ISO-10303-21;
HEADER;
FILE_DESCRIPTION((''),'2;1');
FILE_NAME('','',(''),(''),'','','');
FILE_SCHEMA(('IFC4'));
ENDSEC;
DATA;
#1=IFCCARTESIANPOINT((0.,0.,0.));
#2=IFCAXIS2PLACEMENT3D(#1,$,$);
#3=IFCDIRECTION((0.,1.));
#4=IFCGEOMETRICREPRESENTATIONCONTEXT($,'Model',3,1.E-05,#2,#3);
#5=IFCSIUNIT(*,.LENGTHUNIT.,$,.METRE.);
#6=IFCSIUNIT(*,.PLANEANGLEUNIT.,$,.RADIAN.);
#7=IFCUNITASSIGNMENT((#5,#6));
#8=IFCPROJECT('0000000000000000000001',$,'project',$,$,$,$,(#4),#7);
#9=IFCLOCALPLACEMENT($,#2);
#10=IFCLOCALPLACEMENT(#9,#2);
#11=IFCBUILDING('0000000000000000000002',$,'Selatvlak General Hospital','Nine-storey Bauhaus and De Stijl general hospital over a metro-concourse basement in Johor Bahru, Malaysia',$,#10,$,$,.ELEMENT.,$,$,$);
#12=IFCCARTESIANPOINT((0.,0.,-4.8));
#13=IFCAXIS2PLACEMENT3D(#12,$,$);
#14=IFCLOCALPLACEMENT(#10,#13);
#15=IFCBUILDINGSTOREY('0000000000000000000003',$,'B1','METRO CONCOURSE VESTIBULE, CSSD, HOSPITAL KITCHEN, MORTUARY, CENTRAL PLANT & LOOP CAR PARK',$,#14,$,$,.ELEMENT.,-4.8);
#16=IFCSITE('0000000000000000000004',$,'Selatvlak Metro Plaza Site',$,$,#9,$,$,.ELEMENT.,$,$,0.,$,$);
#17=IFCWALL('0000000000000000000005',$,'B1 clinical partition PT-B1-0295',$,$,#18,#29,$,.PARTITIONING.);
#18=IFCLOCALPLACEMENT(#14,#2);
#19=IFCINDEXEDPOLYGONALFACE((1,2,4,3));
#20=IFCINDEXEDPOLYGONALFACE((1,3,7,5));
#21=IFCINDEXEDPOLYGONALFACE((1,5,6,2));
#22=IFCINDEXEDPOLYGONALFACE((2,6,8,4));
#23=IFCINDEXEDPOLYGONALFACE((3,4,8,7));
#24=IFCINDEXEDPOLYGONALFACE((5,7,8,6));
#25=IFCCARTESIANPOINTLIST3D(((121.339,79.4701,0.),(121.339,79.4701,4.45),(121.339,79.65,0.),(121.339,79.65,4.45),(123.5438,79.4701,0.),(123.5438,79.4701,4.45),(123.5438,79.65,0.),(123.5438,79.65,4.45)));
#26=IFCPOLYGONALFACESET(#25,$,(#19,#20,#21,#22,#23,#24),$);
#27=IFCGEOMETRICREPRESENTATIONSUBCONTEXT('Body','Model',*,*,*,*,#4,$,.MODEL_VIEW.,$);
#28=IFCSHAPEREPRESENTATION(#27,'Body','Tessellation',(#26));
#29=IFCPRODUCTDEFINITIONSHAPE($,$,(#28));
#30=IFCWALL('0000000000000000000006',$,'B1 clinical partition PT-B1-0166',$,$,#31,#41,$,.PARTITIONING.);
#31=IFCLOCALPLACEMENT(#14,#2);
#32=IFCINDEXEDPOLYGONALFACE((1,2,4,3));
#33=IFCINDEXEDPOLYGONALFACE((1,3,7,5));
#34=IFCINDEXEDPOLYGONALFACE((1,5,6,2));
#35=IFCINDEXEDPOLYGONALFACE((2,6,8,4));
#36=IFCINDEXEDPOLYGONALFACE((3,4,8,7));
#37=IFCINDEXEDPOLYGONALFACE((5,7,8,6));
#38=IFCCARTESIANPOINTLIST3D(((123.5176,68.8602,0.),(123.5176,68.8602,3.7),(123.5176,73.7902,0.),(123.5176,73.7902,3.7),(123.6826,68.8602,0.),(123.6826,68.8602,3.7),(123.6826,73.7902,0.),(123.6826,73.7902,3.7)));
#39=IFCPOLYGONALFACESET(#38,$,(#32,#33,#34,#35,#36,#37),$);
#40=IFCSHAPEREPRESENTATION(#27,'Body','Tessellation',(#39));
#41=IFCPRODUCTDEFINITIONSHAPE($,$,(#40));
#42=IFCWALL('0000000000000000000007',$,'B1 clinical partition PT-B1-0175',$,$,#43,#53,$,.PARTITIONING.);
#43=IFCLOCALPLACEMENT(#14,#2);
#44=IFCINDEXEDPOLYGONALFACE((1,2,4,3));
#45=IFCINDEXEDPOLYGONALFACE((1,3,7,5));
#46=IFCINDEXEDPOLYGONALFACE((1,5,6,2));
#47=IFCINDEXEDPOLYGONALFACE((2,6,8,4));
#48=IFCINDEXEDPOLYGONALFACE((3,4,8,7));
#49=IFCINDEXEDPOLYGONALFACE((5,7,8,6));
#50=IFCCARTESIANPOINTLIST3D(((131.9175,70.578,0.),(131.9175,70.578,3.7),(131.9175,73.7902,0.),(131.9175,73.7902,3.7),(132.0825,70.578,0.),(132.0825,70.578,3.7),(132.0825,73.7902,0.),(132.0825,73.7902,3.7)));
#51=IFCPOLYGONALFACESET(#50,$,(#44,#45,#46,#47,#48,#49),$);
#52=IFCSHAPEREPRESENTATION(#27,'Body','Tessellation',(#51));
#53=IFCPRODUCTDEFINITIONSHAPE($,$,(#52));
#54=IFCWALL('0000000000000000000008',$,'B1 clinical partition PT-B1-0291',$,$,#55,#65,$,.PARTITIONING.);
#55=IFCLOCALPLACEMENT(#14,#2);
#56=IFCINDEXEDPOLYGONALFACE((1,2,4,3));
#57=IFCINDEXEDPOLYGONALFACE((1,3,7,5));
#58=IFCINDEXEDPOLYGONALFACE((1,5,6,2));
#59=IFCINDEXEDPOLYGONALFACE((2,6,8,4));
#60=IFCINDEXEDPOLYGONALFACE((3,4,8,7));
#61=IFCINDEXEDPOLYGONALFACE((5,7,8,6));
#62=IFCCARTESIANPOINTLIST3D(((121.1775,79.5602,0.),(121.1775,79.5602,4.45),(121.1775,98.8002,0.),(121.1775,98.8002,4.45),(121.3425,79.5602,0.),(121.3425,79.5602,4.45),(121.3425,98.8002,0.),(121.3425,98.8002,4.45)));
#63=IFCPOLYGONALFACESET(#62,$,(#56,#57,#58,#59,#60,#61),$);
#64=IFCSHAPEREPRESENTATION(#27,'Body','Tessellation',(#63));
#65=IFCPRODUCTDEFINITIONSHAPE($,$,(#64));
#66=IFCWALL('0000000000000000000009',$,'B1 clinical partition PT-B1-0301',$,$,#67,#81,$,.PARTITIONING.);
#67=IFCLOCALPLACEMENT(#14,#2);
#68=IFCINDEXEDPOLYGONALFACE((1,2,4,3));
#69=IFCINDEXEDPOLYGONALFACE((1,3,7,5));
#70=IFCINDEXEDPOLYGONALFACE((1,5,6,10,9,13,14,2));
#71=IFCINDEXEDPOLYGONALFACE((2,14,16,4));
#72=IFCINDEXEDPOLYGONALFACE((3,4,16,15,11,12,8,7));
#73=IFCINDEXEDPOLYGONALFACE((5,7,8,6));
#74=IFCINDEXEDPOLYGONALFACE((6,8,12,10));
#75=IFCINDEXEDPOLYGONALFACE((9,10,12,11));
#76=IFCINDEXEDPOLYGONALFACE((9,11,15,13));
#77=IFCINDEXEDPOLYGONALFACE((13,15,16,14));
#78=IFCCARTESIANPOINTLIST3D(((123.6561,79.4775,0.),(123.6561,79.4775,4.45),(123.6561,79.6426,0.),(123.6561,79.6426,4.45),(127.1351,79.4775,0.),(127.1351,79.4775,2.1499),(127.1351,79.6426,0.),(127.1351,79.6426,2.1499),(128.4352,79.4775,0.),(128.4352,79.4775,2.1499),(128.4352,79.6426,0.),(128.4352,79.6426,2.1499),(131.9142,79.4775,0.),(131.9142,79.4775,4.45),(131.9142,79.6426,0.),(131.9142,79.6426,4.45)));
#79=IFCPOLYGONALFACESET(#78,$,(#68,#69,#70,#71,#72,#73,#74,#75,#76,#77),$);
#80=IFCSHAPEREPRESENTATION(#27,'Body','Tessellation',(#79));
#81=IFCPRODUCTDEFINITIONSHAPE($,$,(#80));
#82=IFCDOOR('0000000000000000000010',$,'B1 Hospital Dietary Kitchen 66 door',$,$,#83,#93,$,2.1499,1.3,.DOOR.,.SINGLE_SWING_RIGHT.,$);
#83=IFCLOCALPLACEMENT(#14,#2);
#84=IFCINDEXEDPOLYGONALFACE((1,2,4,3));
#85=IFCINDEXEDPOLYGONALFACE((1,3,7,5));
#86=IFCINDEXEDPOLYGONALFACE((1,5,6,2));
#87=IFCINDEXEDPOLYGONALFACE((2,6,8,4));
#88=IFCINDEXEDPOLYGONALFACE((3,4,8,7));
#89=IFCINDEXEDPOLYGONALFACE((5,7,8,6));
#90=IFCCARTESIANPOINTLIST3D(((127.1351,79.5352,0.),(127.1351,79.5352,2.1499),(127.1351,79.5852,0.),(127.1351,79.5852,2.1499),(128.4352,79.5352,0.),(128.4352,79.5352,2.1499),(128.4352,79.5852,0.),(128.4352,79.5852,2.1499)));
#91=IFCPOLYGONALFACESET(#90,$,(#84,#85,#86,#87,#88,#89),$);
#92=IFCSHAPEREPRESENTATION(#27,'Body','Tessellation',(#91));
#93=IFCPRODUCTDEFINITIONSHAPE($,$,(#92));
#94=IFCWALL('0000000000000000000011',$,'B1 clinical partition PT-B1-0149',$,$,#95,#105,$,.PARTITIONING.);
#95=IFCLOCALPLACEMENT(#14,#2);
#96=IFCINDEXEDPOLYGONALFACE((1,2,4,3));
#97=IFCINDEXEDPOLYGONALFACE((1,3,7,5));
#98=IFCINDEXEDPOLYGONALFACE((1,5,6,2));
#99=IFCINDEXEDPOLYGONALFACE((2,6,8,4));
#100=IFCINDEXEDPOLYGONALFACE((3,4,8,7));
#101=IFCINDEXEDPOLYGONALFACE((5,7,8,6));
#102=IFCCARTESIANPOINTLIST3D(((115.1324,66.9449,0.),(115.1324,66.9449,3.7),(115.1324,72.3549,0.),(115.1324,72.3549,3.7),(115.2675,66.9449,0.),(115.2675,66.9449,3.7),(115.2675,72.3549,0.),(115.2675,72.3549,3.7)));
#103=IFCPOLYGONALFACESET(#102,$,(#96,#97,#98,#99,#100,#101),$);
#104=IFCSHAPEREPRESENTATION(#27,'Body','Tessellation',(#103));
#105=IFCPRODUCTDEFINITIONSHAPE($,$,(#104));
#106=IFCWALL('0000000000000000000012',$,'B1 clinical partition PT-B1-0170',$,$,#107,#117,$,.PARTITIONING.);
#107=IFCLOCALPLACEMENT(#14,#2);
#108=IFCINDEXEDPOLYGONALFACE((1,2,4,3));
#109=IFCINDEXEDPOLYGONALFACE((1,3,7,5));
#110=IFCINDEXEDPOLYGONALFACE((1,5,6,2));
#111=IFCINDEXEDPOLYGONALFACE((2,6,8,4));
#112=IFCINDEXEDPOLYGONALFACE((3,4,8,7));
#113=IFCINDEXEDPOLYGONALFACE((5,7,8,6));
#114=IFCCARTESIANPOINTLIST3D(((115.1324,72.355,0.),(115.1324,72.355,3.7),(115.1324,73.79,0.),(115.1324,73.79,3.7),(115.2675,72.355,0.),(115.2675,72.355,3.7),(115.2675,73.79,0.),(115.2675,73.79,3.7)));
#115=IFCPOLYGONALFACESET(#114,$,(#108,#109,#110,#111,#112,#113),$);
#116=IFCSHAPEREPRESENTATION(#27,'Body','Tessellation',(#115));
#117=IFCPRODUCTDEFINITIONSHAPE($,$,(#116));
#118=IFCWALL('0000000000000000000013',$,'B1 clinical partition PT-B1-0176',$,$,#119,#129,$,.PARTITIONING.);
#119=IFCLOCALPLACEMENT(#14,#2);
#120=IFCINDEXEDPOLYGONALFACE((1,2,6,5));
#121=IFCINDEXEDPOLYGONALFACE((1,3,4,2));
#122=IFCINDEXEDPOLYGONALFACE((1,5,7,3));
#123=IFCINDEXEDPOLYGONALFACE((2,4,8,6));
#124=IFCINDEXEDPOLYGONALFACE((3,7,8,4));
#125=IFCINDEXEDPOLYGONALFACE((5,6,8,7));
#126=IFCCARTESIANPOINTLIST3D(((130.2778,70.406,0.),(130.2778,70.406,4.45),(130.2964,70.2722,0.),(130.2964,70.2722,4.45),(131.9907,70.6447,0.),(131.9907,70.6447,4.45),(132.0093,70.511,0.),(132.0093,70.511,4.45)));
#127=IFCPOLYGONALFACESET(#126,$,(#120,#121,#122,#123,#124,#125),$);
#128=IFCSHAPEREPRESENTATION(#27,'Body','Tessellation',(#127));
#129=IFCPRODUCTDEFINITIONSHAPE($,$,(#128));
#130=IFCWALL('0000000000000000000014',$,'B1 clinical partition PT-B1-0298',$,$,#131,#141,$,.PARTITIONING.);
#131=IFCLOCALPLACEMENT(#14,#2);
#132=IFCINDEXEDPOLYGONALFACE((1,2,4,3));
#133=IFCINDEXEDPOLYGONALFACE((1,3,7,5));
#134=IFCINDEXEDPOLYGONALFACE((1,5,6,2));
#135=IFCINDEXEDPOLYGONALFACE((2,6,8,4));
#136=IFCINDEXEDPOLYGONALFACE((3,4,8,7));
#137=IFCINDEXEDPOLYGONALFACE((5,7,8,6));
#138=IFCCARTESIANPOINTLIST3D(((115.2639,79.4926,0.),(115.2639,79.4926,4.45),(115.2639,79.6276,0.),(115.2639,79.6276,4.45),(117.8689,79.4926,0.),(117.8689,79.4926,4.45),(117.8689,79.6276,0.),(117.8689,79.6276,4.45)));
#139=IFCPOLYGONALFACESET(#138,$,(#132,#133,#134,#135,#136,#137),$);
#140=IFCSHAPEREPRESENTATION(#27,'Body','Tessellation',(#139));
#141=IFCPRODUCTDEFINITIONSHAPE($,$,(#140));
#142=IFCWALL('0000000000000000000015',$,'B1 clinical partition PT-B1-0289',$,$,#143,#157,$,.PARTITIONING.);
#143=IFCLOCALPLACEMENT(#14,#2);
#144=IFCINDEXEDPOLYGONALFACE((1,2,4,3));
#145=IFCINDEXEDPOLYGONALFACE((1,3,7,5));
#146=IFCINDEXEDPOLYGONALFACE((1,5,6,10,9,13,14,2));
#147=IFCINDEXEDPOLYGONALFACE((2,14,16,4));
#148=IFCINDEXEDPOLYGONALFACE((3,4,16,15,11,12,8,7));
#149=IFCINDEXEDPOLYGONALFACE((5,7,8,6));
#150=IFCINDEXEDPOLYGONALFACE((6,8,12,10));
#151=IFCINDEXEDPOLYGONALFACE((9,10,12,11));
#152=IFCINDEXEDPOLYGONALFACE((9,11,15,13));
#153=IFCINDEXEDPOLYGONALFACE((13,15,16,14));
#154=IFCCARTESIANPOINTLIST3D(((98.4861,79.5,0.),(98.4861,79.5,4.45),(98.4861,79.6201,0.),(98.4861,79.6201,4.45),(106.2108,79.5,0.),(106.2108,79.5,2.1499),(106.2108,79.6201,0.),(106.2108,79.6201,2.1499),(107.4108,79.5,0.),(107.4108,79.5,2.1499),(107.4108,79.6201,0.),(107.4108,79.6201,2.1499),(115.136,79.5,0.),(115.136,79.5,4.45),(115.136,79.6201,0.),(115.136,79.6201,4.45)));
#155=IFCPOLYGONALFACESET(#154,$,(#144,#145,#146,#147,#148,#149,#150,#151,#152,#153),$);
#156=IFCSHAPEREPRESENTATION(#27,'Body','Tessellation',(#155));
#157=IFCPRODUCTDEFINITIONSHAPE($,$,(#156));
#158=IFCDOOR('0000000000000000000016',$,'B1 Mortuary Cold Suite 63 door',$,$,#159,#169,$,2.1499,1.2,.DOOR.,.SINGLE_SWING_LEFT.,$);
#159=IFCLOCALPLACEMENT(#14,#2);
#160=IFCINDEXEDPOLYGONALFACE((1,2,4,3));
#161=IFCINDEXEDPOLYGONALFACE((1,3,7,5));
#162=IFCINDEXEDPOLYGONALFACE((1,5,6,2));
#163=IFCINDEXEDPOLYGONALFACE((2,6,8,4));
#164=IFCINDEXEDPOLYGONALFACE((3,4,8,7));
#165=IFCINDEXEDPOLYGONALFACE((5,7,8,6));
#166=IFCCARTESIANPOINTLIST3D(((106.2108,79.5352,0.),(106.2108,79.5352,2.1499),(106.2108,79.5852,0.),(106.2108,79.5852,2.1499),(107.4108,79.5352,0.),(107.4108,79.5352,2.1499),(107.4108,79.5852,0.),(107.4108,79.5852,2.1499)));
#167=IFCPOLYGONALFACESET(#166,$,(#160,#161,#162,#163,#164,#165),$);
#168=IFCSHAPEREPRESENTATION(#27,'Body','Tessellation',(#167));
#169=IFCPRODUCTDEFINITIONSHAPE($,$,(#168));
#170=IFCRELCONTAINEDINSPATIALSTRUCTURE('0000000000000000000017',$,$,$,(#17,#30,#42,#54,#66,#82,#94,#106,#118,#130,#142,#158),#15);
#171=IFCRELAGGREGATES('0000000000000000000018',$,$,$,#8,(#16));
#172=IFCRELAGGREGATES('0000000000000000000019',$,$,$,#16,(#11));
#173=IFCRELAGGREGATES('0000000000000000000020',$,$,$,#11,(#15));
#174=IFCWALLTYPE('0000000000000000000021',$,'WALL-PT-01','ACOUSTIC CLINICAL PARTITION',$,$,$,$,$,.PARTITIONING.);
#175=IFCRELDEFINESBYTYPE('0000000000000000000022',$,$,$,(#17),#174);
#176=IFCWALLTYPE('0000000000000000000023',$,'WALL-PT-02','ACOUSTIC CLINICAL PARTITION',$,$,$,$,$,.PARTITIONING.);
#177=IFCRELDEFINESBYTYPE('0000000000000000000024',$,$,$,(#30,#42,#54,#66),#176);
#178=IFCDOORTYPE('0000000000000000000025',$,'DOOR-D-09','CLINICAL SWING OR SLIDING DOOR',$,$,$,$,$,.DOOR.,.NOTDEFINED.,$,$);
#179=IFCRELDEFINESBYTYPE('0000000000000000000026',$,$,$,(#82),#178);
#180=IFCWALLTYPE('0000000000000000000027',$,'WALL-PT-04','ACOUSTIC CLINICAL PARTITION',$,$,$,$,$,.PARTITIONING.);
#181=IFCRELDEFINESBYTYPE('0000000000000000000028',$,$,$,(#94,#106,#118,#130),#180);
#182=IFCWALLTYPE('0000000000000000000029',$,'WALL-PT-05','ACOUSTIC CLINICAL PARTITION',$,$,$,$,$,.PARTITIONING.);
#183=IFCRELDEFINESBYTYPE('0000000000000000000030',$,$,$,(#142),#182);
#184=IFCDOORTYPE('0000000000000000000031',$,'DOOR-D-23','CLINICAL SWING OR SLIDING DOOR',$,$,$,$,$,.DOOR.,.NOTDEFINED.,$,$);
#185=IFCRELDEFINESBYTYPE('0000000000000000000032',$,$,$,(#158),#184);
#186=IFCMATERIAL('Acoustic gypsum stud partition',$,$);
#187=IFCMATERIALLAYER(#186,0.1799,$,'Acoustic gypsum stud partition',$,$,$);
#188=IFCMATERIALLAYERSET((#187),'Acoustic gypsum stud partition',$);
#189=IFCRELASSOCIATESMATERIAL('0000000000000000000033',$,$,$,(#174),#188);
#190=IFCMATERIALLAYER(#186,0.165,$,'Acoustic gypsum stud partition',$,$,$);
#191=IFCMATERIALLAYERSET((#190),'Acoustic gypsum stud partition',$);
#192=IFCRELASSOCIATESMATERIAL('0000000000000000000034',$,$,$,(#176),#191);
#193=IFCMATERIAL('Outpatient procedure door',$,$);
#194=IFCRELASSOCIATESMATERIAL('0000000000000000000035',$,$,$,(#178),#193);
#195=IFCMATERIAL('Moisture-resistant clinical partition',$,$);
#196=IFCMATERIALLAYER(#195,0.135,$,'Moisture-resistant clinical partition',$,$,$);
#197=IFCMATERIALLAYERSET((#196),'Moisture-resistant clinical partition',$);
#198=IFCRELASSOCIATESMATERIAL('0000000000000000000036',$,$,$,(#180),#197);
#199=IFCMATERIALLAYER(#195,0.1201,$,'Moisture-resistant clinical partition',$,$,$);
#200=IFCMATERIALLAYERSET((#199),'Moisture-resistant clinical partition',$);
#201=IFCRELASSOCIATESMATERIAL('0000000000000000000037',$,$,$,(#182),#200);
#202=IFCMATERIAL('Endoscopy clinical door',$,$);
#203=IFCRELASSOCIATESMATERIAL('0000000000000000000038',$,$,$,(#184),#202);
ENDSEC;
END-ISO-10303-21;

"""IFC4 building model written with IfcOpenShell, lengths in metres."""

from ifc_helpers import new_model, si_unit, direction, frame, frame_2d, origin, place, context, subcontext, project, spatial, rectangle, extrude, material, layer, layer_set, type_object, element, fill, save


model = new_model("IFC4")

# Units and contexts
model_context = context("Model", 3, precision=1e-05, world=origin(), true_north=direction((0.0, 1.0)))
body_context = subcontext(model_context, "Body", "Model", "MODEL_VIEW")
ifc_project = project(units=[si_unit("LENGTHUNIT", "METRE"), si_unit("PLANEANGLEUNIT", "RADIAN")], contexts=[model_context])

# Site, building, storey
site_placement = place(None, origin())
site = spatial("IfcSite", under=ifc_project, at=site_placement, Name="Selatvlak Metro Plaza Site", CompositionType="ELEMENT", RefElevation=0.0)
building_placement = place(site_placement, origin())
building = spatial("IfcBuilding", under=site, at=building_placement, Name="Selatvlak General Hospital", Description="Nine-storey Bauhaus and De Stijl general hospital over a metro-concourse basement in Johor Bahru, Malaysia", CompositionType="ELEMENT")
storey_placement = place(building_placement, frame((0.0, 0.0, -4.8)))
storey = spatial("IfcBuildingStorey", under=building, at=storey_placement, Name="B1", Description="METRO CONCOURSE VESTIBULE, CSSD, HOSPITAL KITCHEN, MORTUARY, CENTRAL PLANT & LOOP CAR PARK", CompositionType="ELEMENT", Elevation=-4.8)

# Walls
ifc_material_1 = material(Name="Acoustic gypsum stud partition")
ifc_layer_1 = layer(ifc_material_1, 0.1799, Name="Acoustic gypsum stud partition")
ifc_layer_set_1 = layer_set([ifc_layer_1], Name="Acoustic gypsum stud partition")
wall_type_1 = type_object("IfcWallType", Name="WALL-PT-01", Description="ACOUSTIC CLINICAL PARTITION", PredefinedType="PARTITIONING", material=ifc_layer_set_1)
wall_1_placement = place(storey_placement, frame((123.5439, 79.5601, 0.0), z_axis=(0.0, 0.0, 1.0), x_axis=(-1.0, 0.0, 0.0)))
element("IfcWall", 1, at=wall_1_placement, inside=storey, type_object=wall_type_1, Name="B1 clinical partition PT-B1-0295", PredefinedType="PARTITIONING", context=body_context, shape_type="SweptSolid", body=[
    extrude(rectangle(XDim=2.2048, YDim=0.1799, at=frame_2d((1.1025, 0.0))), origin(), (0.0, 0.0, 1.0), 4.45),
])
ifc_layer_2 = layer(ifc_material_1, 0.165, Name="Acoustic gypsum stud partition")
ifc_layer_set_2 = layer_set([ifc_layer_2], Name="Acoustic gypsum stud partition")
wall_type_2 = type_object("IfcWallType", Name="WALL-PT-02", Description="ACOUSTIC CLINICAL PARTITION", PredefinedType="PARTITIONING", material=ifc_layer_set_2)
wall_2_placement = place(storey_placement, frame((123.6001, 73.79, 0.0), z_axis=(0.0, 0.0, 1.0), x_axis=(0.0, -1.0, 0.0)))
element("IfcWall", 2, at=wall_2_placement, inside=storey, type_object=wall_type_2, Name="B1 clinical partition PT-B1-0166", PredefinedType="PARTITIONING", context=body_context, shape_type="SweptSolid", body=[
    extrude(rectangle(XDim=4.9299, YDim=0.165, at=frame_2d((2.4648, 0.0))), origin(), (0.0, 0.0, 1.0), 3.7),
])
wall_3_placement = place(storey_placement, frame((132.0, 73.79, 0.0), z_axis=(0.0, 0.0, 1.0), x_axis=(0.0, -1.0, 0.0)))
element("IfcWall", 3, at=wall_3_placement, inside=storey, type_object=wall_type_2, Name="B1 clinical partition PT-B1-0175", PredefinedType="PARTITIONING", context=body_context, shape_type="SweptSolid", body=[
    extrude(rectangle(XDim=3.2122, YDim=0.165, at=frame_2d((1.606, 0.0))), origin(), (0.0, 0.0, 1.0), 3.7),
])
wall_4_placement = place(storey_placement, frame((121.26, 79.5601, 0.0), z_axis=(0.0, 0.0, 1.0), x_axis=(0.0, 1.0, 0.0)))
element("IfcWall", 4, at=wall_4_placement, inside=storey, type_object=wall_type_2, Name="B1 clinical partition PT-B1-0291", PredefinedType="PARTITIONING", context=body_context, shape_type="SweptSolid", body=[
    extrude(rectangle(XDim=19.24, YDim=0.165, at=frame_2d((9.6201, 0.0))), origin(), (0.0, 0.0, 1.0), 4.45),
])

# Wall, opening, door
wall_5_placement = place(storey_placement, frame((131.9141, 79.5601, 0.0), z_axis=(0.0, 0.0, 1.0), x_axis=(-1.0, 0.0, 0.0)))
wall_5 = element("IfcWall", 5, at=wall_5_placement, inside=storey, type_object=wall_type_2, Name="B1 clinical partition PT-B1-0301", PredefinedType="PARTITIONING", context=body_context, shape_type="SweptSolid", body=[
    extrude(rectangle(XDim=8.2581, YDim=0.165, at=frame_2d((4.1289, 0.0))), origin(), (0.0, 0.0, 1.0), 4.45),
])
opening_1_placement = place(wall_5_placement, frame((3.479, 0.0, 0.0)))
opening_1 = element("IfcOpeningElement", 6, at=opening_1_placement, cuts=wall_5, PredefinedType="OPENING", context=body_context, shape_type="SweptSolid", body=[
    extrude(rectangle(XDim=1.3, YDim=2.1499, at=frame_2d((0.6499, 1.075))), frame((0.0, 0.0925, 0.0), z_axis=(0.0, -1.0, 0.0), x_axis=(1.0, 0.0, 0.0)), (0.0, 0.0, 1.0), 0.1851),
])
ifc_material_2 = material(Name="Outpatient procedure door")
door_type_1 = type_object("IfcDoorType", Name="DOOR-D-09", Description="CLINICAL SWING OR SLIDING DOOR", OperationType="NOTDEFINED", PredefinedType="DOOR", material=ifc_material_2)
door_1_placement = place(opening_1_placement, origin())
door_1 = element("IfcDoor", 7, at=door_1_placement, inside=storey, type_object=door_type_1, Name="B1 Hospital Dietary Kitchen 66 door", OperationType="SINGLE_SWING_RIGHT", OverallHeight=2.1499, OverallWidth=1.3, PredefinedType="DOOR", context=body_context, shape_type="SweptSolid", body=[
    extrude(rectangle(XDim=1.3, YDim=2.1499, at=frame_2d((0.6499, 1.075))), frame((0.0, 0.0249, 0.0), z_axis=(0.0, -1.0, 0.0), x_axis=(1.0, 0.0, 0.0)), (0.0, 0.0, 1.0), 0.05),
])
fill(opening_1, door_1)

# Walls
ifc_material_3 = material(Name="Moisture-resistant clinical partition")
ifc_layer_3 = layer(ifc_material_3, 0.135, Name="Moisture-resistant clinical partition")
ifc_layer_set_3 = layer_set([ifc_layer_3], Name="Moisture-resistant clinical partition")
wall_type_3 = type_object("IfcWallType", Name="WALL-PT-04", Description="ACOUSTIC CLINICAL PARTITION", PredefinedType="PARTITIONING", material=ifc_layer_set_3)
wall_6_placement = place(storey_placement, frame((115.2, 72.355, 0.0), z_axis=(0.0, 0.0, 1.0), x_axis=(0.0, -1.0, 0.0)))
element("IfcWall", 8, at=wall_6_placement, inside=storey, type_object=wall_type_3, Name="B1 clinical partition PT-B1-0149", PredefinedType="PARTITIONING", context=body_context, shape_type="SweptSolid", body=[
    extrude(rectangle(XDim=5.4099, YDim=0.135, at=frame_2d((2.7051, 0.0))), origin(), (0.0, 0.0, 1.0), 3.7),
])
wall_7_placement = place(storey_placement, frame((115.2, 72.355, 0.0), z_axis=(0.0, 0.0, 1.0), x_axis=(0.0, 1.0, 0.0)))
element("IfcWall", 9, at=wall_7_placement, inside=storey, type_object=wall_type_3, Name="B1 clinical partition PT-B1-0170", PredefinedType="PARTITIONING", context=body_context, shape_type="SweptSolid", body=[
    extrude(rectangle(XDim=1.4351, YDim=0.135, at=frame_2d((0.7175, 0.0))), origin(), (0.0, 0.0, 1.0), 3.7),
])
wall_8_placement = place(storey_placement, frame((132.0, 70.5779, 0.0), z_axis=(0.0, 0.0, 1.0), x_axis=(-0.990424, -0.138061, 0.0)))
element("IfcWall", 10, at=wall_8_placement, inside=storey, type_object=wall_type_3, Name="B1 clinical partition PT-B1-0176", PredefinedType="PARTITIONING", context=body_context, shape_type="SweptSolid", body=[
    extrude(rectangle(XDim=1.7295, YDim=0.135, at=frame_2d((0.8647, 0.0))), origin(), (0.0, 0.0, 1.0), 4.45),
])
wall_9_placement = place(storey_placement, frame((117.8689, 79.5601, 0.0), z_axis=(0.0, 0.0, 1.0), x_axis=(-1.0, 0.0, 0.0)))
element("IfcWall", 11, at=wall_9_placement, inside=storey, type_object=wall_type_3, Name="B1 clinical partition PT-B1-0298", PredefinedType="PARTITIONING", context=body_context, shape_type="SweptSolid", body=[
    extrude(rectangle(XDim=2.605, YDim=0.135, at=frame_2d((1.3025, 0.0))), origin(), (0.0, 0.0, 1.0), 4.45),
])

# Wall, opening, door
ifc_layer_4 = layer(ifc_material_3, 0.1201, Name="Moisture-resistant clinical partition")
ifc_layer_set_4 = layer_set([ifc_layer_4], Name="Moisture-resistant clinical partition")
wall_type_4 = type_object("IfcWallType", Name="WALL-PT-05", Description="ACOUSTIC CLINICAL PARTITION", PredefinedType="PARTITIONING", material=ifc_layer_set_4)
wall_10_placement = place(storey_placement, frame((115.136, 79.5601, 0.0), z_axis=(0.0, 0.0, 1.0), x_axis=(-1.0, 0.0, 0.0)))
wall_10 = element("IfcWall", 12, at=wall_10_placement, inside=storey, type_object=wall_type_4, Name="B1 clinical partition PT-B1-0289", PredefinedType="PARTITIONING", context=body_context, shape_type="SweptSolid", body=[
    extrude(rectangle(XDim=16.6499, YDim=0.1201, at=frame_2d((8.325, 0.0))), origin(), (0.0, 0.0, 1.0), 4.45),
])
opening_2_placement = place(wall_10_placement, frame((7.7251, 0.0, 0.0)))
opening_2 = element("IfcOpeningElement", 13, at=opening_2_placement, cuts=wall_10, PredefinedType="OPENING", context=body_context, shape_type="SweptSolid", body=[
    extrude(rectangle(XDim=1.2, YDim=2.1499, at=frame_2d((0.6001, 1.075))), frame((0.0, 0.0701, 0.0), z_axis=(0.0, -1.0, 0.0), x_axis=(1.0, 0.0, 0.0)), (0.0, 0.0, 1.0), 0.1401),
])
ifc_material_4 = material(Name="Endoscopy clinical door")
door_type_2 = type_object("IfcDoorType", Name="DOOR-D-23", Description="CLINICAL SWING OR SLIDING DOOR", OperationType="NOTDEFINED", PredefinedType="DOOR", material=ifc_material_4)
door_2_placement = place(opening_2_placement, origin())
door_2 = element("IfcDoor", 14, at=door_2_placement, inside=storey, type_object=door_type_2, Name="B1 Mortuary Cold Suite 63 door", OperationType="SINGLE_SWING_LEFT", OverallHeight=2.1499, OverallWidth=1.2, PredefinedType="DOOR", context=body_context, shape_type="SweptSolid", body=[
    extrude(rectangle(XDim=1.2, YDim=2.1499, at=frame_2d((0.6001, 1.075))), frame((0.0, 0.0249, 0.0), z_axis=(0.0, -1.0, 0.0), x_axis=(1.0, 0.0, 0.0)), (0.0, 0.0, 1.0), 0.05),
])
fill(opening_2, door_2)

save(model, "model.ifc")
